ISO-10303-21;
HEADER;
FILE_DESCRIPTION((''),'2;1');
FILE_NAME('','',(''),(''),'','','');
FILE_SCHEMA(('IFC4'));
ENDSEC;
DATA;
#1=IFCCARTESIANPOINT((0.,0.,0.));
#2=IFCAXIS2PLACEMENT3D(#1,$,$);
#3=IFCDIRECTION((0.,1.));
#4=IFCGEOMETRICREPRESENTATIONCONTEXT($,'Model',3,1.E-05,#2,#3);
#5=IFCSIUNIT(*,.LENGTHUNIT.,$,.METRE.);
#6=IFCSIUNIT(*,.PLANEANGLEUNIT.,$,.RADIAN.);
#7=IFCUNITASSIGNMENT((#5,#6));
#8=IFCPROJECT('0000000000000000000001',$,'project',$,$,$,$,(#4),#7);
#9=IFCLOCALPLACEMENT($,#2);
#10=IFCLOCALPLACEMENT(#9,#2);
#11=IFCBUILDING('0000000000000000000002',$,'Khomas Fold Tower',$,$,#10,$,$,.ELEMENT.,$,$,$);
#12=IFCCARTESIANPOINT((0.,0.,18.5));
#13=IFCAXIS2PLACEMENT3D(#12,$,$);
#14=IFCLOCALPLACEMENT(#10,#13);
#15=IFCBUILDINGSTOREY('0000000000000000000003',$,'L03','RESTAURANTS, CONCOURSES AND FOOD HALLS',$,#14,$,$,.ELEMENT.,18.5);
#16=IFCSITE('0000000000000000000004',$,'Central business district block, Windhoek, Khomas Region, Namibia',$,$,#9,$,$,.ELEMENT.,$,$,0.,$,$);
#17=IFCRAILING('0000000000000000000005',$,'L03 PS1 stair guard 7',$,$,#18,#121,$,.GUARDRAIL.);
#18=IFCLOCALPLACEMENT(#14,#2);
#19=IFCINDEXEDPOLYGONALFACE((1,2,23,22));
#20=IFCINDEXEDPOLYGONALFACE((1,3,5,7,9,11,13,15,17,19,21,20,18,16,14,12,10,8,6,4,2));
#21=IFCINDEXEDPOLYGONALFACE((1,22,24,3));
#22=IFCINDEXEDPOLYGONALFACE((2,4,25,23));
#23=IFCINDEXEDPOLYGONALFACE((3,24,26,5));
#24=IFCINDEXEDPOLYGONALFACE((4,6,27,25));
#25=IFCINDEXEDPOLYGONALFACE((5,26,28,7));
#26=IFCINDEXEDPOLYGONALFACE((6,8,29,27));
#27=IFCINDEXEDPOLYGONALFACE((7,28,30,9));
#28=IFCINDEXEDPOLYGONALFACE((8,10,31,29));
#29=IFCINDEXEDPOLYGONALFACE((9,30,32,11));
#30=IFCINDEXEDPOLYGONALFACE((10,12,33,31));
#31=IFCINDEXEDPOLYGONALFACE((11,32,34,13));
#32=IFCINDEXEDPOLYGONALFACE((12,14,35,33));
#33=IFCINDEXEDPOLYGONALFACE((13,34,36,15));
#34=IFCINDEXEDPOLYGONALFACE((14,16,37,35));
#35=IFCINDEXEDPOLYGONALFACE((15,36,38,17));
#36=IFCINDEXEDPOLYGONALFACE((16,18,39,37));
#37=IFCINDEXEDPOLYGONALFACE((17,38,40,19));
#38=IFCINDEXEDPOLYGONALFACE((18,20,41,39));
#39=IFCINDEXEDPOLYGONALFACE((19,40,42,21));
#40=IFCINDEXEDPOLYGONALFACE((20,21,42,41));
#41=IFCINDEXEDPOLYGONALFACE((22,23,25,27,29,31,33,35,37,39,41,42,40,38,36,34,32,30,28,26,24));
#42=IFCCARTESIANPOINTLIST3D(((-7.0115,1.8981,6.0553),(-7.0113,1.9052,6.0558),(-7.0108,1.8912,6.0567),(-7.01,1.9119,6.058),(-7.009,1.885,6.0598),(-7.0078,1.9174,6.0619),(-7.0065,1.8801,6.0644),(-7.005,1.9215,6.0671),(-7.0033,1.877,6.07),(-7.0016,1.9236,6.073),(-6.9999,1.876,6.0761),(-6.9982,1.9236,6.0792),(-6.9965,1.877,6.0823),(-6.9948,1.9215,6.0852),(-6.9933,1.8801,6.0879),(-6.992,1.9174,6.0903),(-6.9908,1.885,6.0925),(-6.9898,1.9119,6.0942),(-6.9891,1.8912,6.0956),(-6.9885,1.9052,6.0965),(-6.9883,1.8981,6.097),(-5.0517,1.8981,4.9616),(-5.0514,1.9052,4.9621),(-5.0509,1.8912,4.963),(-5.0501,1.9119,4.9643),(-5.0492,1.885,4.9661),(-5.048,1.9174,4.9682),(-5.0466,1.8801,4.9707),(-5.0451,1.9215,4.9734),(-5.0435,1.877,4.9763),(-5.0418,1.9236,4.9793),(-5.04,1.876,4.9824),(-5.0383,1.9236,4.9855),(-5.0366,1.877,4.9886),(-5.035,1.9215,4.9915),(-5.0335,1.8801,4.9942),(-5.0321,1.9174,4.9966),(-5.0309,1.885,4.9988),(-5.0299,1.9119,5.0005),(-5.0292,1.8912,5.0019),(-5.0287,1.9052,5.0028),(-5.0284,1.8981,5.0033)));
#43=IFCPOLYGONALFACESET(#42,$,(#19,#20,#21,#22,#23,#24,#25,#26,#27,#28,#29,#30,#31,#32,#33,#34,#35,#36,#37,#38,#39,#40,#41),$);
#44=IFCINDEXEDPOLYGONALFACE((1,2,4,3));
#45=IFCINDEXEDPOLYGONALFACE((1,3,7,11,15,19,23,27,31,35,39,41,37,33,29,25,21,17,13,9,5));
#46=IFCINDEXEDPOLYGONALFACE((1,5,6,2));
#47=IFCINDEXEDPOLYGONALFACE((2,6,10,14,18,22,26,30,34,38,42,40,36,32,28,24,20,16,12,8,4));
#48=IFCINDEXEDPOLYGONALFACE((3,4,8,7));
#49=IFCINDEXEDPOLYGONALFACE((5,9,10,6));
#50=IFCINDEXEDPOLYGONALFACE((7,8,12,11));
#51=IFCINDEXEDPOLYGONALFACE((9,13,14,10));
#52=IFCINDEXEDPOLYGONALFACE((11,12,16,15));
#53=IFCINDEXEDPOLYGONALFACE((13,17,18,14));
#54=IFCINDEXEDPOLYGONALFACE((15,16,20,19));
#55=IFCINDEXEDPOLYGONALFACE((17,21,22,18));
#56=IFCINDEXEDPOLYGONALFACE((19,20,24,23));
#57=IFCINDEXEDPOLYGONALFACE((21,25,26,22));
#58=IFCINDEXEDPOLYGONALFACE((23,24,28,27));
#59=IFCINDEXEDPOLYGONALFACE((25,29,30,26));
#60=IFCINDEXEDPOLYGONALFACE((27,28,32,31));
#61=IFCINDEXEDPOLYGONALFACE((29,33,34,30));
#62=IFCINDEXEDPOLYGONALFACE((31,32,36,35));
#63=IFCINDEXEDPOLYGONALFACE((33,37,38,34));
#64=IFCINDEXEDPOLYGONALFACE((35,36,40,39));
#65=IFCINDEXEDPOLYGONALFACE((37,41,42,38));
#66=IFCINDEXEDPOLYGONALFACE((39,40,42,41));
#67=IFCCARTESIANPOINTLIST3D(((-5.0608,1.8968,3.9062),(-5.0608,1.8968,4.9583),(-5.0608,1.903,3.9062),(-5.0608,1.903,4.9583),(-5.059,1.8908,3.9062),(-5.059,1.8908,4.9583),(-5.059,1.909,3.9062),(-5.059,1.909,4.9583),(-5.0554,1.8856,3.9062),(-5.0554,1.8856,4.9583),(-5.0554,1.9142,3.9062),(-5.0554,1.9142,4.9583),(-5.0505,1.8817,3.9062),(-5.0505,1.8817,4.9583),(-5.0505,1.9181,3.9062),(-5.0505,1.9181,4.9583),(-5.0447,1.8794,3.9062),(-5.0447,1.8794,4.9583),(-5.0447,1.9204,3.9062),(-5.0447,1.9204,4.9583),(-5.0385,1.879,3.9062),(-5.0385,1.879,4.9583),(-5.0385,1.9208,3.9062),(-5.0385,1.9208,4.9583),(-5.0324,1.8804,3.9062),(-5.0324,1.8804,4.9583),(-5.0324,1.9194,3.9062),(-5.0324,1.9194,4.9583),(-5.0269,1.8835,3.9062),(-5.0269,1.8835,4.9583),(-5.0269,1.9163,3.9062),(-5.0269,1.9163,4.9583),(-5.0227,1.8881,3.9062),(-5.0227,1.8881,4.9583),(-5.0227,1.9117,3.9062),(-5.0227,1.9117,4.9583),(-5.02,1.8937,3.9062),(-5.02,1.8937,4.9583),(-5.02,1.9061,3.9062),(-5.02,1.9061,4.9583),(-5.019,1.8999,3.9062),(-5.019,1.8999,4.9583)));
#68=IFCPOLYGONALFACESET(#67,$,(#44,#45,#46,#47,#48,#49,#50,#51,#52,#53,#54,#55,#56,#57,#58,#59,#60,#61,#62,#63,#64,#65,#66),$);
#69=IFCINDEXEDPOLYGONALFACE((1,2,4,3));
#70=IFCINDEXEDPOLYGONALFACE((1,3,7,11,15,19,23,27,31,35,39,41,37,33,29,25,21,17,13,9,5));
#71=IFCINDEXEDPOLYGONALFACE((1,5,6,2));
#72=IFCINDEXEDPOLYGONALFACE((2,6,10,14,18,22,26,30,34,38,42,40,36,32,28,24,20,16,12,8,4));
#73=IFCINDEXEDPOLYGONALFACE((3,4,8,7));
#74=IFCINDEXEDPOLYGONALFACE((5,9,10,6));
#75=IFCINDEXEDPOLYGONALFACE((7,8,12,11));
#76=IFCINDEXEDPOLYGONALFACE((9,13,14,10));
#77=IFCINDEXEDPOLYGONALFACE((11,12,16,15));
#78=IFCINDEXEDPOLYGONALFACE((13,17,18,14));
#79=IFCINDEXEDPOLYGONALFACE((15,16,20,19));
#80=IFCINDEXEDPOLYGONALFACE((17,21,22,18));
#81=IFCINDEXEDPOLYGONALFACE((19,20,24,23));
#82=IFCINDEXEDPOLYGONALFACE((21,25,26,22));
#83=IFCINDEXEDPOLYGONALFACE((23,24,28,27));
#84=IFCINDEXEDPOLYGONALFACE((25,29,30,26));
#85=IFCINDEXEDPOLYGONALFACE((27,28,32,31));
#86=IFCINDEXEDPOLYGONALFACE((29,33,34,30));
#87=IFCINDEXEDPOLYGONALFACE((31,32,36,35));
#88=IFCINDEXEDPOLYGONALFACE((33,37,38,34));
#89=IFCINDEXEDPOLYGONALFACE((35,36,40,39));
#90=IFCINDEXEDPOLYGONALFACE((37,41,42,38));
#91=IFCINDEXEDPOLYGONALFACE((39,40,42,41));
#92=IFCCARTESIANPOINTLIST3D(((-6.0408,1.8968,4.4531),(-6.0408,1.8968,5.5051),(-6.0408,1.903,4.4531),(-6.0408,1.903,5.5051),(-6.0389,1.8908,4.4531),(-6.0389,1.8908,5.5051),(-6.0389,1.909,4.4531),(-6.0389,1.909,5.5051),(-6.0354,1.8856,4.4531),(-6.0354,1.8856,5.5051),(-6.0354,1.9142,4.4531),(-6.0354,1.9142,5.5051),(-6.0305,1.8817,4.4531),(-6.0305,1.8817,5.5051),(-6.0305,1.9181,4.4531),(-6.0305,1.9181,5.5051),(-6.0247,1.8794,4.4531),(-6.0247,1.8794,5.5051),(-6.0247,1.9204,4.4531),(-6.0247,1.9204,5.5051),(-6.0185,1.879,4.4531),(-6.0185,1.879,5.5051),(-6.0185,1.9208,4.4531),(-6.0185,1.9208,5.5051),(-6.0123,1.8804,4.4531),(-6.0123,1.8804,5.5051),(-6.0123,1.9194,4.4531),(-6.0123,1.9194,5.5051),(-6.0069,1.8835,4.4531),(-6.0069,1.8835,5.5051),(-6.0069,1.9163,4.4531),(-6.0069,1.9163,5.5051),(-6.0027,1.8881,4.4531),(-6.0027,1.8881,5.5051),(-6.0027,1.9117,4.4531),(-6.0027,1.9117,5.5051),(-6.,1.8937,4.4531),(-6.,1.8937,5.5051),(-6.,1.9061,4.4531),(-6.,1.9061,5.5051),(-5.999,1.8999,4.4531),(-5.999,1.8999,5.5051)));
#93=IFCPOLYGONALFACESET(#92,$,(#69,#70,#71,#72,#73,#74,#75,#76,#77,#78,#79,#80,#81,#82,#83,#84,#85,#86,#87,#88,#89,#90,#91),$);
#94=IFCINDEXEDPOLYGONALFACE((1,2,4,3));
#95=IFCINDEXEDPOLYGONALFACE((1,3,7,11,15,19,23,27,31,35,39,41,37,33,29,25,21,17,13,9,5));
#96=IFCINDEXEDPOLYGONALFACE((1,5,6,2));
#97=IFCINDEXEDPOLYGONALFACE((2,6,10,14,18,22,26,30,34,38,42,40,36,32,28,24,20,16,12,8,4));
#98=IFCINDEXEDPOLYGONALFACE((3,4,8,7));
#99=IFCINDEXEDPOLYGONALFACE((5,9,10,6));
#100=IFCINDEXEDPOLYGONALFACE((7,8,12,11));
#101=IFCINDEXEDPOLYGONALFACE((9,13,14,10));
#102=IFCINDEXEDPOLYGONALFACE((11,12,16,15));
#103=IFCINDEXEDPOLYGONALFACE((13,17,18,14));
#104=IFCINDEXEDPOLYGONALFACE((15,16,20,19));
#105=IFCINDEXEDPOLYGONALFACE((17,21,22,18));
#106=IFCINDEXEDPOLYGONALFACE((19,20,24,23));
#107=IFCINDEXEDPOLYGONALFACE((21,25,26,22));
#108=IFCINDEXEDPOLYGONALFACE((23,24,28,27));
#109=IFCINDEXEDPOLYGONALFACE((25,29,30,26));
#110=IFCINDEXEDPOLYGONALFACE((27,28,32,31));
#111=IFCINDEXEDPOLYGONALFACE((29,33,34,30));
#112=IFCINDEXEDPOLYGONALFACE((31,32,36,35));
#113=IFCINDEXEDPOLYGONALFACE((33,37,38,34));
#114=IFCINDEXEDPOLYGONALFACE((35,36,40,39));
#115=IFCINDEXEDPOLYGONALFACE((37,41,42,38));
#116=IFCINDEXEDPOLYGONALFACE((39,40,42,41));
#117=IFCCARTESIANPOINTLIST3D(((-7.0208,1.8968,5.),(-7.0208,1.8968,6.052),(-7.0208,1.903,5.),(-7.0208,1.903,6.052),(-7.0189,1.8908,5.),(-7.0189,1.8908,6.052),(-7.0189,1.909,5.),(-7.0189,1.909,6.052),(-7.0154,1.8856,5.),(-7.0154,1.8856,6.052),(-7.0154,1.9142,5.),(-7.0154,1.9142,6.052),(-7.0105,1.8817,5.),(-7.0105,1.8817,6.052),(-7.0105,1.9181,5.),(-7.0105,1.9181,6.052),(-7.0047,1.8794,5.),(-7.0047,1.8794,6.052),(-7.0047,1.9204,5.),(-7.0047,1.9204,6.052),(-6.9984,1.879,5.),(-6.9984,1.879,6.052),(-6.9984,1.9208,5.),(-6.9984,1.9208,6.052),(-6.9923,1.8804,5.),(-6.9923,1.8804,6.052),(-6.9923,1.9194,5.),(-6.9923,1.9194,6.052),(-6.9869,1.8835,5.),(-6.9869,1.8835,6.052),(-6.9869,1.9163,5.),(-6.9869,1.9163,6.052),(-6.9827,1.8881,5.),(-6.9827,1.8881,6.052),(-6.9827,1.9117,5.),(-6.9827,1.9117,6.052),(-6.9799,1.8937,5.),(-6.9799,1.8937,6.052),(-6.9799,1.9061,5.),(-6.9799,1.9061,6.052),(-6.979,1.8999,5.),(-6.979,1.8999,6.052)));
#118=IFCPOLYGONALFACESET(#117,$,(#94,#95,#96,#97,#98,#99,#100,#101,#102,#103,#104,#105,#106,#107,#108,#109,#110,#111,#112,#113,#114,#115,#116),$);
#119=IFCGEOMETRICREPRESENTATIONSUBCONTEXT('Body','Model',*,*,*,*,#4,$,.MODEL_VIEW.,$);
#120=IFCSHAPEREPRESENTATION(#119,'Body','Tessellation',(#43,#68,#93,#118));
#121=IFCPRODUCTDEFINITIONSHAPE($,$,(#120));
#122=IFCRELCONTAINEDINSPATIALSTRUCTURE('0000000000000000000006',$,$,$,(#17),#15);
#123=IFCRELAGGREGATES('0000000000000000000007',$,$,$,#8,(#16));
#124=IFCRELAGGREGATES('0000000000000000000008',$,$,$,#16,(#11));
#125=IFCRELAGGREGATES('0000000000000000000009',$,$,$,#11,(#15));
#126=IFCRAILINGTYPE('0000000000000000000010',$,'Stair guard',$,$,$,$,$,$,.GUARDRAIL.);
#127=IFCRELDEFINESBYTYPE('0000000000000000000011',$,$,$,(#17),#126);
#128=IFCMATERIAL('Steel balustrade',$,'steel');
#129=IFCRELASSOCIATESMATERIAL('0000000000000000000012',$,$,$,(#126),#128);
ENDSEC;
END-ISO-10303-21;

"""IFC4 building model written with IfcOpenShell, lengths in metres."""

from ifc_helpers import new_model, si_unit, direction, frame, origin, origin_2d, place, context, subcontext, project, spatial, circle, extrude, source, transform, mapped, material, type_object, element, save


model = new_model("IFC4")

# Units and contexts
model_context = context("Model", 3, precision=1e-05, world=origin(), true_north=direction((0.0, 1.0)))
body_context = subcontext(model_context, "Body", "Model", "MODEL_VIEW")
ifc_project = project(units=[si_unit("LENGTHUNIT", "METRE"), si_unit("PLANEANGLEUNIT", "RADIAN")], contexts=[model_context])

# Site, building, storey
site_placement = place(None, origin())
site = spatial("IfcSite", under=ifc_project, at=site_placement, Name="Central business district block, Windhoek, Khomas Region, Namibia", CompositionType="ELEMENT", RefElevation=0.0)
building_placement = place(site_placement, origin())
building = spatial("IfcBuilding", under=site, at=building_placement, Name="Khomas Fold Tower", CompositionType="ELEMENT")
storey_placement = place(building_placement, frame((0.0, 0.0, 18.5)))
storey = spatial("IfcBuildingStorey", under=building, at=storey_placement, Name="L03", Description="RESTAURANTS, CONCOURSES AND FOOD HALLS", CompositionType="ELEMENT", Elevation=18.5)

# Railing
ifc_material_1 = material(Name="Steel balustrade", Category="steel")
railing_type_1 = type_object("IfcRailingType", Name="Stair guard", PredefinedType="GUARDRAIL", material=ifc_material_1)
shared_shape_1 = source(origin(), body_context, "Body", "SweptSolid", [
    extrude(circle(Radius=0.0239, at=origin_2d()), frame((0.0, 0.0, 1.0762), z_axis=(-0.873232, 0.0, 0.487304), x_axis=(0.0, -1.0, 0.0)), (0.0, 0.0, 1.0), 2.2444),
    extrude(circle(Radius=0.021, at=origin_2d()), origin(), (0.0, 0.0, 1.0), 1.052),
    extrude(circle(Radius=0.021, at=origin_2d()), frame((-0.98, 0.0, 0.5469)), (0.0, 0.0, 1.0), 1.052),
    extrude(circle(Radius=0.021, at=origin_2d()), frame((-1.96, 0.0, 1.0938)), (0.0, 0.0, 1.0), 1.052),
])
for number, where, name in (
    (1, (-5.04, 1.8999, 3.9062), "L03 PS1 stair guard 7"),
):
    element("IfcRailing", number, at=place(storey_placement, frame(where)), inside=storey, type_object=railing_type_1, Name=name, PredefinedType="GUARDRAIL", context=body_context, shape_type="MappedRepresentation", body=[
        mapped(shared_shape_1, transform((0.0, 0.0, 0.0))),
    ])

save(model, "model.ifc")
